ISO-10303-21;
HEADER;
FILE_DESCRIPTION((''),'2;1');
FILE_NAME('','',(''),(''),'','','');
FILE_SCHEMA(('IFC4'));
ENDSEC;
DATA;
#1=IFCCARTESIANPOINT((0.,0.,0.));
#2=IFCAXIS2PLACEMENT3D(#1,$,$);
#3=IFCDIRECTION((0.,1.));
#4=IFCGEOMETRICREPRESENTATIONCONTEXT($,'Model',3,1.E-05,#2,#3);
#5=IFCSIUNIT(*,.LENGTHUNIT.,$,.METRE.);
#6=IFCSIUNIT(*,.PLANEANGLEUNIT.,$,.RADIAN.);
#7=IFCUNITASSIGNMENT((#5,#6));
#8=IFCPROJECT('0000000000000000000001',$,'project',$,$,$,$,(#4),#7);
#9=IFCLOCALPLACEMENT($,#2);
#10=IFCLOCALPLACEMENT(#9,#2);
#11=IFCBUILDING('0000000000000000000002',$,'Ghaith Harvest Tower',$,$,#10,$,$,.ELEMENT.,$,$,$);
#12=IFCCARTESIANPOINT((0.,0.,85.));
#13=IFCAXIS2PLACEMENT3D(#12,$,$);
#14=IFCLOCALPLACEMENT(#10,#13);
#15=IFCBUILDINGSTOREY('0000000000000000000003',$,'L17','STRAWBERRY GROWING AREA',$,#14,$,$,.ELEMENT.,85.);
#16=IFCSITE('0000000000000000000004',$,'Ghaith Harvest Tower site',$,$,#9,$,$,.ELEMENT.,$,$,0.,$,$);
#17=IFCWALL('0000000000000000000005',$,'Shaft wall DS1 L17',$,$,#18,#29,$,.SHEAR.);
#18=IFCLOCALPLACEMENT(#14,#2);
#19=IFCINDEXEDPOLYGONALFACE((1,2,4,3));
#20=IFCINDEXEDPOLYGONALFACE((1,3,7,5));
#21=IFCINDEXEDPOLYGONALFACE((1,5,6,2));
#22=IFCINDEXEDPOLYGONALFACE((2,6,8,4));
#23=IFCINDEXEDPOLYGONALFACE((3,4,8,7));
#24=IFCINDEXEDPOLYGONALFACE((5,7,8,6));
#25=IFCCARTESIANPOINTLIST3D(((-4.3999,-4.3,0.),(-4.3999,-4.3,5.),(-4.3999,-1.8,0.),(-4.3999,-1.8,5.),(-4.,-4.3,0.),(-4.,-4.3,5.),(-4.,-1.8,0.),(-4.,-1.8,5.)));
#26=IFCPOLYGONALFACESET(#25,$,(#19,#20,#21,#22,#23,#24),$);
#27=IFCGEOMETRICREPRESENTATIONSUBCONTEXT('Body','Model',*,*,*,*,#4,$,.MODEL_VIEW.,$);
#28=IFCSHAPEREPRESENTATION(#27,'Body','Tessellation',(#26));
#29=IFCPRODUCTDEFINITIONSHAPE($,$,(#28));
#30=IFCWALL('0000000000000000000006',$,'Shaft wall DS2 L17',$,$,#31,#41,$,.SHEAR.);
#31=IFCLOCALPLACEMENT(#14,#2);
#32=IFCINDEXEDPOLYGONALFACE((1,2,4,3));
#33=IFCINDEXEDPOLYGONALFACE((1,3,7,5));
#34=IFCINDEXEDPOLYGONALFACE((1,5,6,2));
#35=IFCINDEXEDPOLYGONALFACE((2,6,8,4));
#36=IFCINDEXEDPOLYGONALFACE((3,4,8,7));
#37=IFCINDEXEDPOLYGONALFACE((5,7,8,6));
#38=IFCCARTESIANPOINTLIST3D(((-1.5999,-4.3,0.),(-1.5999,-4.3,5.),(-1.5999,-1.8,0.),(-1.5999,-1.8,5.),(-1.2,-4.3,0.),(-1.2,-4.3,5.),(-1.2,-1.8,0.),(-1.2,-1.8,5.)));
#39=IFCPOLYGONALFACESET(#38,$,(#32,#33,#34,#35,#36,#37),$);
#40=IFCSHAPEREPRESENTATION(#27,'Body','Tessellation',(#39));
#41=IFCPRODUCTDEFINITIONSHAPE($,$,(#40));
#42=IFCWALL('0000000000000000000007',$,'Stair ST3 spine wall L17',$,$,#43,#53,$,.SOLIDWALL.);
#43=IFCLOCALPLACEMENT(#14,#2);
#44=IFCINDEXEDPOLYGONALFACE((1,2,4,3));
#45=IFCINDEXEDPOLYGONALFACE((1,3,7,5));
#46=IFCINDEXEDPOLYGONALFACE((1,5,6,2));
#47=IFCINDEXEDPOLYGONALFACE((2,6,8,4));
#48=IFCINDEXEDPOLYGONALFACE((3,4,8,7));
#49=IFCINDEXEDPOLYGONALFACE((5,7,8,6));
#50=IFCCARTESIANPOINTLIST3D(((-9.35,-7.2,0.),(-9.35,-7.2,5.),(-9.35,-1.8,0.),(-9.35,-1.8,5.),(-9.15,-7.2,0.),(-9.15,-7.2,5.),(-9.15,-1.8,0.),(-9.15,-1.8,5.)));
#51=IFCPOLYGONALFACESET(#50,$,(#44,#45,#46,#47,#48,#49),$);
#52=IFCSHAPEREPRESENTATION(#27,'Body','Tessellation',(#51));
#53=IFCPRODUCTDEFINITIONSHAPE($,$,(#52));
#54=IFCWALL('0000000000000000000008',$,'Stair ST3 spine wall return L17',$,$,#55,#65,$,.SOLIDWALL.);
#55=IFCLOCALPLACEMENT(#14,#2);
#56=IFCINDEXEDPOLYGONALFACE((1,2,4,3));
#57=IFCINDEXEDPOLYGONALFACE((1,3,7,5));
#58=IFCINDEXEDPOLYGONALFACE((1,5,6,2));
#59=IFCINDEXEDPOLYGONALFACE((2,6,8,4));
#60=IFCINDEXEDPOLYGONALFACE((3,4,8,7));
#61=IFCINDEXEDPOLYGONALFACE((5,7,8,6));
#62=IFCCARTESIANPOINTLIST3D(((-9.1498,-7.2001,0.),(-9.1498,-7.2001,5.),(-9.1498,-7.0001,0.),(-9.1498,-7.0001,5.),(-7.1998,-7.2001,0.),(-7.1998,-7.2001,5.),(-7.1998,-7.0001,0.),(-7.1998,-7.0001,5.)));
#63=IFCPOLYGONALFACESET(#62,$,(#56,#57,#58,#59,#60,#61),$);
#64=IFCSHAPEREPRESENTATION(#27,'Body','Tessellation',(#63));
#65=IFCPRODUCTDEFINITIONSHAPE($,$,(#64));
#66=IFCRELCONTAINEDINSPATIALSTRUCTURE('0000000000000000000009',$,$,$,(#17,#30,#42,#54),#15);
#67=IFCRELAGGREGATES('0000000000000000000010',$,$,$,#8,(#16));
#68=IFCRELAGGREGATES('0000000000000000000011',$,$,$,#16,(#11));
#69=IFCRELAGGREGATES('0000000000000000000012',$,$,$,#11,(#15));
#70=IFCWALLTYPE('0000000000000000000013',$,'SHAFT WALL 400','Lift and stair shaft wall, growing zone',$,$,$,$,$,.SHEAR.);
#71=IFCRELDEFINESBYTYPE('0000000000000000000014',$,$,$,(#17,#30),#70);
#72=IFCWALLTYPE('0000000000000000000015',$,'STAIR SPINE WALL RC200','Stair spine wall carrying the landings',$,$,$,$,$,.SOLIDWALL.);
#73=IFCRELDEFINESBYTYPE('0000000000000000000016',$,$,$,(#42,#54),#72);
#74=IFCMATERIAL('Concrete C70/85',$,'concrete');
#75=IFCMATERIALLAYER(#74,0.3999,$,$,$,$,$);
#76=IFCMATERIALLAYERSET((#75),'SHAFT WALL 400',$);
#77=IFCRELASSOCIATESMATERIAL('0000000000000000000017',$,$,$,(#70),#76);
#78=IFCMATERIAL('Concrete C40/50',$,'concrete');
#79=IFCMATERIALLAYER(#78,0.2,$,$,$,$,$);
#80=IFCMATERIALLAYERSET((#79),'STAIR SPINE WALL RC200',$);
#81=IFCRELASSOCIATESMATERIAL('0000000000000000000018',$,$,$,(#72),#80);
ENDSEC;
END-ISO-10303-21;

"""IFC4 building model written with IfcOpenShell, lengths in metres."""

from ifc_helpers import new_model, si_unit, direction, frame, frame_2d, origin, place, context, subcontext, project, spatial, rectangle, extrude, material, layer, layer_set, type_object, element, save


model = new_model("IFC4")

# Units and contexts
model_context = context("Model", 3, precision=1e-05, world=origin(), true_north=direction((0.0, 1.0)))
body_context = subcontext(model_context, "Body", "Model", "MODEL_VIEW")
ifc_project = project(units=[si_unit("LENGTHUNIT", "METRE"), si_unit("PLANEANGLEUNIT", "RADIAN")], contexts=[model_context])

# Site, building, storey
site_placement = place(None, origin())
site = spatial("IfcSite", under=ifc_project, at=site_placement, Name="Ghaith Harvest Tower site", CompositionType="ELEMENT", RefElevation=0.0)
building_placement = place(site_placement, origin())
building = spatial("IfcBuilding", under=site, at=building_placement, Name="Ghaith Harvest Tower", CompositionType="ELEMENT")
storey_placement = place(building_placement, frame((0.0, 0.0, 85.0)))
storey = spatial("IfcBuildingStorey", under=building, at=storey_placement, Name="L17", Description="STRAWBERRY GROWING AREA", CompositionType="ELEMENT", Elevation=85.0)

# Shared definitions
ifc_material_1 = material(Name="Concrete C70/85", Category="concrete")
ifc_layer_1 = layer(ifc_material_1, 0.3999)
ifc_layer_set_1 = layer_set([ifc_layer_1], Name="SHAFT WALL 400")
wall_type_1 = type_object("IfcWallType", Name="SHAFT WALL 400", Description="Lift and stair shaft wall, growing zone", PredefinedType="SHEAR", material=ifc_layer_set_1)

# Walls
for number, where, z_axis, x_axis, name in (
    (1, (-4.2, -4.3, 0.0), (0.0, 0.0, 1.0), (0.0, 1.0, 0.0), "Shaft wall DS1 L17"),
    (2, (-1.3999, -4.3, 0.0), (0.0, 0.0, 1.0), (0.0, 1.0, 0.0), "Shaft wall DS2 L17"),
):
    element("IfcWall", number, at=place(storey_placement, frame(where, z_axis=z_axis, x_axis=x_axis)), inside=storey, type_object=wall_type_1, Name=name, PredefinedType="SHEAR", context=body_context, shape_type="SweptSolid", body=[
        extrude(rectangle(XDim=2.5, YDim=0.3999, at=frame_2d((1.25, 0.0))), origin(), (0.0, 0.0, 1.0), 5.0),
    ])
ifc_material_2 = material(Name="Concrete C40/50", Category="concrete")
ifc_layer_2 = layer(ifc_material_2, 0.2)
ifc_layer_set_2 = layer_set([ifc_layer_2], Name="STAIR SPINE WALL RC200")
wall_type_2 = type_object("IfcWallType", Name="STAIR SPINE WALL RC200", Description="Stair spine wall carrying the landings", PredefinedType="SOLIDWALL", material=ifc_layer_set_2)
wall_1_placement = place(storey_placement, frame((-9.25, -7.2, 0.0), z_axis=(0.0, 0.0, 1.0), x_axis=(0.0, 1.0, 0.0)))
element("IfcWall", 3, at=wall_1_placement, inside=storey, type_object=wall_type_2, Name="Stair ST3 spine wall L17", PredefinedType="SOLIDWALL", context=body_context, shape_type="SweptSolid", body=[
    extrude(rectangle(XDim=5.3999, YDim=0.2, at=frame_2d((2.7, 0.0))), origin(), (0.0, 0.0, 1.0), 5.0),
])
wall_2_placement = place(storey_placement, frame((-9.1499, -7.1001, 0.0), z_axis=(0.0, 0.0, 1.0), x_axis=(1.0, 0.0, 0.0)))
element("IfcWall", 4, at=wall_2_placement, inside=storey, type_object=wall_type_2, Name="Stair ST3 spine wall return L17", PredefinedType="SOLIDWALL", context=body_context, shape_type="SweptSolid", body=[
    extrude(rectangle(XDim=1.95, YDim=0.2, at=frame_2d((0.9751, 0.0))), origin(), (0.0, 0.0, 1.0), 5.0),
])

save(model, "model.ifc")
